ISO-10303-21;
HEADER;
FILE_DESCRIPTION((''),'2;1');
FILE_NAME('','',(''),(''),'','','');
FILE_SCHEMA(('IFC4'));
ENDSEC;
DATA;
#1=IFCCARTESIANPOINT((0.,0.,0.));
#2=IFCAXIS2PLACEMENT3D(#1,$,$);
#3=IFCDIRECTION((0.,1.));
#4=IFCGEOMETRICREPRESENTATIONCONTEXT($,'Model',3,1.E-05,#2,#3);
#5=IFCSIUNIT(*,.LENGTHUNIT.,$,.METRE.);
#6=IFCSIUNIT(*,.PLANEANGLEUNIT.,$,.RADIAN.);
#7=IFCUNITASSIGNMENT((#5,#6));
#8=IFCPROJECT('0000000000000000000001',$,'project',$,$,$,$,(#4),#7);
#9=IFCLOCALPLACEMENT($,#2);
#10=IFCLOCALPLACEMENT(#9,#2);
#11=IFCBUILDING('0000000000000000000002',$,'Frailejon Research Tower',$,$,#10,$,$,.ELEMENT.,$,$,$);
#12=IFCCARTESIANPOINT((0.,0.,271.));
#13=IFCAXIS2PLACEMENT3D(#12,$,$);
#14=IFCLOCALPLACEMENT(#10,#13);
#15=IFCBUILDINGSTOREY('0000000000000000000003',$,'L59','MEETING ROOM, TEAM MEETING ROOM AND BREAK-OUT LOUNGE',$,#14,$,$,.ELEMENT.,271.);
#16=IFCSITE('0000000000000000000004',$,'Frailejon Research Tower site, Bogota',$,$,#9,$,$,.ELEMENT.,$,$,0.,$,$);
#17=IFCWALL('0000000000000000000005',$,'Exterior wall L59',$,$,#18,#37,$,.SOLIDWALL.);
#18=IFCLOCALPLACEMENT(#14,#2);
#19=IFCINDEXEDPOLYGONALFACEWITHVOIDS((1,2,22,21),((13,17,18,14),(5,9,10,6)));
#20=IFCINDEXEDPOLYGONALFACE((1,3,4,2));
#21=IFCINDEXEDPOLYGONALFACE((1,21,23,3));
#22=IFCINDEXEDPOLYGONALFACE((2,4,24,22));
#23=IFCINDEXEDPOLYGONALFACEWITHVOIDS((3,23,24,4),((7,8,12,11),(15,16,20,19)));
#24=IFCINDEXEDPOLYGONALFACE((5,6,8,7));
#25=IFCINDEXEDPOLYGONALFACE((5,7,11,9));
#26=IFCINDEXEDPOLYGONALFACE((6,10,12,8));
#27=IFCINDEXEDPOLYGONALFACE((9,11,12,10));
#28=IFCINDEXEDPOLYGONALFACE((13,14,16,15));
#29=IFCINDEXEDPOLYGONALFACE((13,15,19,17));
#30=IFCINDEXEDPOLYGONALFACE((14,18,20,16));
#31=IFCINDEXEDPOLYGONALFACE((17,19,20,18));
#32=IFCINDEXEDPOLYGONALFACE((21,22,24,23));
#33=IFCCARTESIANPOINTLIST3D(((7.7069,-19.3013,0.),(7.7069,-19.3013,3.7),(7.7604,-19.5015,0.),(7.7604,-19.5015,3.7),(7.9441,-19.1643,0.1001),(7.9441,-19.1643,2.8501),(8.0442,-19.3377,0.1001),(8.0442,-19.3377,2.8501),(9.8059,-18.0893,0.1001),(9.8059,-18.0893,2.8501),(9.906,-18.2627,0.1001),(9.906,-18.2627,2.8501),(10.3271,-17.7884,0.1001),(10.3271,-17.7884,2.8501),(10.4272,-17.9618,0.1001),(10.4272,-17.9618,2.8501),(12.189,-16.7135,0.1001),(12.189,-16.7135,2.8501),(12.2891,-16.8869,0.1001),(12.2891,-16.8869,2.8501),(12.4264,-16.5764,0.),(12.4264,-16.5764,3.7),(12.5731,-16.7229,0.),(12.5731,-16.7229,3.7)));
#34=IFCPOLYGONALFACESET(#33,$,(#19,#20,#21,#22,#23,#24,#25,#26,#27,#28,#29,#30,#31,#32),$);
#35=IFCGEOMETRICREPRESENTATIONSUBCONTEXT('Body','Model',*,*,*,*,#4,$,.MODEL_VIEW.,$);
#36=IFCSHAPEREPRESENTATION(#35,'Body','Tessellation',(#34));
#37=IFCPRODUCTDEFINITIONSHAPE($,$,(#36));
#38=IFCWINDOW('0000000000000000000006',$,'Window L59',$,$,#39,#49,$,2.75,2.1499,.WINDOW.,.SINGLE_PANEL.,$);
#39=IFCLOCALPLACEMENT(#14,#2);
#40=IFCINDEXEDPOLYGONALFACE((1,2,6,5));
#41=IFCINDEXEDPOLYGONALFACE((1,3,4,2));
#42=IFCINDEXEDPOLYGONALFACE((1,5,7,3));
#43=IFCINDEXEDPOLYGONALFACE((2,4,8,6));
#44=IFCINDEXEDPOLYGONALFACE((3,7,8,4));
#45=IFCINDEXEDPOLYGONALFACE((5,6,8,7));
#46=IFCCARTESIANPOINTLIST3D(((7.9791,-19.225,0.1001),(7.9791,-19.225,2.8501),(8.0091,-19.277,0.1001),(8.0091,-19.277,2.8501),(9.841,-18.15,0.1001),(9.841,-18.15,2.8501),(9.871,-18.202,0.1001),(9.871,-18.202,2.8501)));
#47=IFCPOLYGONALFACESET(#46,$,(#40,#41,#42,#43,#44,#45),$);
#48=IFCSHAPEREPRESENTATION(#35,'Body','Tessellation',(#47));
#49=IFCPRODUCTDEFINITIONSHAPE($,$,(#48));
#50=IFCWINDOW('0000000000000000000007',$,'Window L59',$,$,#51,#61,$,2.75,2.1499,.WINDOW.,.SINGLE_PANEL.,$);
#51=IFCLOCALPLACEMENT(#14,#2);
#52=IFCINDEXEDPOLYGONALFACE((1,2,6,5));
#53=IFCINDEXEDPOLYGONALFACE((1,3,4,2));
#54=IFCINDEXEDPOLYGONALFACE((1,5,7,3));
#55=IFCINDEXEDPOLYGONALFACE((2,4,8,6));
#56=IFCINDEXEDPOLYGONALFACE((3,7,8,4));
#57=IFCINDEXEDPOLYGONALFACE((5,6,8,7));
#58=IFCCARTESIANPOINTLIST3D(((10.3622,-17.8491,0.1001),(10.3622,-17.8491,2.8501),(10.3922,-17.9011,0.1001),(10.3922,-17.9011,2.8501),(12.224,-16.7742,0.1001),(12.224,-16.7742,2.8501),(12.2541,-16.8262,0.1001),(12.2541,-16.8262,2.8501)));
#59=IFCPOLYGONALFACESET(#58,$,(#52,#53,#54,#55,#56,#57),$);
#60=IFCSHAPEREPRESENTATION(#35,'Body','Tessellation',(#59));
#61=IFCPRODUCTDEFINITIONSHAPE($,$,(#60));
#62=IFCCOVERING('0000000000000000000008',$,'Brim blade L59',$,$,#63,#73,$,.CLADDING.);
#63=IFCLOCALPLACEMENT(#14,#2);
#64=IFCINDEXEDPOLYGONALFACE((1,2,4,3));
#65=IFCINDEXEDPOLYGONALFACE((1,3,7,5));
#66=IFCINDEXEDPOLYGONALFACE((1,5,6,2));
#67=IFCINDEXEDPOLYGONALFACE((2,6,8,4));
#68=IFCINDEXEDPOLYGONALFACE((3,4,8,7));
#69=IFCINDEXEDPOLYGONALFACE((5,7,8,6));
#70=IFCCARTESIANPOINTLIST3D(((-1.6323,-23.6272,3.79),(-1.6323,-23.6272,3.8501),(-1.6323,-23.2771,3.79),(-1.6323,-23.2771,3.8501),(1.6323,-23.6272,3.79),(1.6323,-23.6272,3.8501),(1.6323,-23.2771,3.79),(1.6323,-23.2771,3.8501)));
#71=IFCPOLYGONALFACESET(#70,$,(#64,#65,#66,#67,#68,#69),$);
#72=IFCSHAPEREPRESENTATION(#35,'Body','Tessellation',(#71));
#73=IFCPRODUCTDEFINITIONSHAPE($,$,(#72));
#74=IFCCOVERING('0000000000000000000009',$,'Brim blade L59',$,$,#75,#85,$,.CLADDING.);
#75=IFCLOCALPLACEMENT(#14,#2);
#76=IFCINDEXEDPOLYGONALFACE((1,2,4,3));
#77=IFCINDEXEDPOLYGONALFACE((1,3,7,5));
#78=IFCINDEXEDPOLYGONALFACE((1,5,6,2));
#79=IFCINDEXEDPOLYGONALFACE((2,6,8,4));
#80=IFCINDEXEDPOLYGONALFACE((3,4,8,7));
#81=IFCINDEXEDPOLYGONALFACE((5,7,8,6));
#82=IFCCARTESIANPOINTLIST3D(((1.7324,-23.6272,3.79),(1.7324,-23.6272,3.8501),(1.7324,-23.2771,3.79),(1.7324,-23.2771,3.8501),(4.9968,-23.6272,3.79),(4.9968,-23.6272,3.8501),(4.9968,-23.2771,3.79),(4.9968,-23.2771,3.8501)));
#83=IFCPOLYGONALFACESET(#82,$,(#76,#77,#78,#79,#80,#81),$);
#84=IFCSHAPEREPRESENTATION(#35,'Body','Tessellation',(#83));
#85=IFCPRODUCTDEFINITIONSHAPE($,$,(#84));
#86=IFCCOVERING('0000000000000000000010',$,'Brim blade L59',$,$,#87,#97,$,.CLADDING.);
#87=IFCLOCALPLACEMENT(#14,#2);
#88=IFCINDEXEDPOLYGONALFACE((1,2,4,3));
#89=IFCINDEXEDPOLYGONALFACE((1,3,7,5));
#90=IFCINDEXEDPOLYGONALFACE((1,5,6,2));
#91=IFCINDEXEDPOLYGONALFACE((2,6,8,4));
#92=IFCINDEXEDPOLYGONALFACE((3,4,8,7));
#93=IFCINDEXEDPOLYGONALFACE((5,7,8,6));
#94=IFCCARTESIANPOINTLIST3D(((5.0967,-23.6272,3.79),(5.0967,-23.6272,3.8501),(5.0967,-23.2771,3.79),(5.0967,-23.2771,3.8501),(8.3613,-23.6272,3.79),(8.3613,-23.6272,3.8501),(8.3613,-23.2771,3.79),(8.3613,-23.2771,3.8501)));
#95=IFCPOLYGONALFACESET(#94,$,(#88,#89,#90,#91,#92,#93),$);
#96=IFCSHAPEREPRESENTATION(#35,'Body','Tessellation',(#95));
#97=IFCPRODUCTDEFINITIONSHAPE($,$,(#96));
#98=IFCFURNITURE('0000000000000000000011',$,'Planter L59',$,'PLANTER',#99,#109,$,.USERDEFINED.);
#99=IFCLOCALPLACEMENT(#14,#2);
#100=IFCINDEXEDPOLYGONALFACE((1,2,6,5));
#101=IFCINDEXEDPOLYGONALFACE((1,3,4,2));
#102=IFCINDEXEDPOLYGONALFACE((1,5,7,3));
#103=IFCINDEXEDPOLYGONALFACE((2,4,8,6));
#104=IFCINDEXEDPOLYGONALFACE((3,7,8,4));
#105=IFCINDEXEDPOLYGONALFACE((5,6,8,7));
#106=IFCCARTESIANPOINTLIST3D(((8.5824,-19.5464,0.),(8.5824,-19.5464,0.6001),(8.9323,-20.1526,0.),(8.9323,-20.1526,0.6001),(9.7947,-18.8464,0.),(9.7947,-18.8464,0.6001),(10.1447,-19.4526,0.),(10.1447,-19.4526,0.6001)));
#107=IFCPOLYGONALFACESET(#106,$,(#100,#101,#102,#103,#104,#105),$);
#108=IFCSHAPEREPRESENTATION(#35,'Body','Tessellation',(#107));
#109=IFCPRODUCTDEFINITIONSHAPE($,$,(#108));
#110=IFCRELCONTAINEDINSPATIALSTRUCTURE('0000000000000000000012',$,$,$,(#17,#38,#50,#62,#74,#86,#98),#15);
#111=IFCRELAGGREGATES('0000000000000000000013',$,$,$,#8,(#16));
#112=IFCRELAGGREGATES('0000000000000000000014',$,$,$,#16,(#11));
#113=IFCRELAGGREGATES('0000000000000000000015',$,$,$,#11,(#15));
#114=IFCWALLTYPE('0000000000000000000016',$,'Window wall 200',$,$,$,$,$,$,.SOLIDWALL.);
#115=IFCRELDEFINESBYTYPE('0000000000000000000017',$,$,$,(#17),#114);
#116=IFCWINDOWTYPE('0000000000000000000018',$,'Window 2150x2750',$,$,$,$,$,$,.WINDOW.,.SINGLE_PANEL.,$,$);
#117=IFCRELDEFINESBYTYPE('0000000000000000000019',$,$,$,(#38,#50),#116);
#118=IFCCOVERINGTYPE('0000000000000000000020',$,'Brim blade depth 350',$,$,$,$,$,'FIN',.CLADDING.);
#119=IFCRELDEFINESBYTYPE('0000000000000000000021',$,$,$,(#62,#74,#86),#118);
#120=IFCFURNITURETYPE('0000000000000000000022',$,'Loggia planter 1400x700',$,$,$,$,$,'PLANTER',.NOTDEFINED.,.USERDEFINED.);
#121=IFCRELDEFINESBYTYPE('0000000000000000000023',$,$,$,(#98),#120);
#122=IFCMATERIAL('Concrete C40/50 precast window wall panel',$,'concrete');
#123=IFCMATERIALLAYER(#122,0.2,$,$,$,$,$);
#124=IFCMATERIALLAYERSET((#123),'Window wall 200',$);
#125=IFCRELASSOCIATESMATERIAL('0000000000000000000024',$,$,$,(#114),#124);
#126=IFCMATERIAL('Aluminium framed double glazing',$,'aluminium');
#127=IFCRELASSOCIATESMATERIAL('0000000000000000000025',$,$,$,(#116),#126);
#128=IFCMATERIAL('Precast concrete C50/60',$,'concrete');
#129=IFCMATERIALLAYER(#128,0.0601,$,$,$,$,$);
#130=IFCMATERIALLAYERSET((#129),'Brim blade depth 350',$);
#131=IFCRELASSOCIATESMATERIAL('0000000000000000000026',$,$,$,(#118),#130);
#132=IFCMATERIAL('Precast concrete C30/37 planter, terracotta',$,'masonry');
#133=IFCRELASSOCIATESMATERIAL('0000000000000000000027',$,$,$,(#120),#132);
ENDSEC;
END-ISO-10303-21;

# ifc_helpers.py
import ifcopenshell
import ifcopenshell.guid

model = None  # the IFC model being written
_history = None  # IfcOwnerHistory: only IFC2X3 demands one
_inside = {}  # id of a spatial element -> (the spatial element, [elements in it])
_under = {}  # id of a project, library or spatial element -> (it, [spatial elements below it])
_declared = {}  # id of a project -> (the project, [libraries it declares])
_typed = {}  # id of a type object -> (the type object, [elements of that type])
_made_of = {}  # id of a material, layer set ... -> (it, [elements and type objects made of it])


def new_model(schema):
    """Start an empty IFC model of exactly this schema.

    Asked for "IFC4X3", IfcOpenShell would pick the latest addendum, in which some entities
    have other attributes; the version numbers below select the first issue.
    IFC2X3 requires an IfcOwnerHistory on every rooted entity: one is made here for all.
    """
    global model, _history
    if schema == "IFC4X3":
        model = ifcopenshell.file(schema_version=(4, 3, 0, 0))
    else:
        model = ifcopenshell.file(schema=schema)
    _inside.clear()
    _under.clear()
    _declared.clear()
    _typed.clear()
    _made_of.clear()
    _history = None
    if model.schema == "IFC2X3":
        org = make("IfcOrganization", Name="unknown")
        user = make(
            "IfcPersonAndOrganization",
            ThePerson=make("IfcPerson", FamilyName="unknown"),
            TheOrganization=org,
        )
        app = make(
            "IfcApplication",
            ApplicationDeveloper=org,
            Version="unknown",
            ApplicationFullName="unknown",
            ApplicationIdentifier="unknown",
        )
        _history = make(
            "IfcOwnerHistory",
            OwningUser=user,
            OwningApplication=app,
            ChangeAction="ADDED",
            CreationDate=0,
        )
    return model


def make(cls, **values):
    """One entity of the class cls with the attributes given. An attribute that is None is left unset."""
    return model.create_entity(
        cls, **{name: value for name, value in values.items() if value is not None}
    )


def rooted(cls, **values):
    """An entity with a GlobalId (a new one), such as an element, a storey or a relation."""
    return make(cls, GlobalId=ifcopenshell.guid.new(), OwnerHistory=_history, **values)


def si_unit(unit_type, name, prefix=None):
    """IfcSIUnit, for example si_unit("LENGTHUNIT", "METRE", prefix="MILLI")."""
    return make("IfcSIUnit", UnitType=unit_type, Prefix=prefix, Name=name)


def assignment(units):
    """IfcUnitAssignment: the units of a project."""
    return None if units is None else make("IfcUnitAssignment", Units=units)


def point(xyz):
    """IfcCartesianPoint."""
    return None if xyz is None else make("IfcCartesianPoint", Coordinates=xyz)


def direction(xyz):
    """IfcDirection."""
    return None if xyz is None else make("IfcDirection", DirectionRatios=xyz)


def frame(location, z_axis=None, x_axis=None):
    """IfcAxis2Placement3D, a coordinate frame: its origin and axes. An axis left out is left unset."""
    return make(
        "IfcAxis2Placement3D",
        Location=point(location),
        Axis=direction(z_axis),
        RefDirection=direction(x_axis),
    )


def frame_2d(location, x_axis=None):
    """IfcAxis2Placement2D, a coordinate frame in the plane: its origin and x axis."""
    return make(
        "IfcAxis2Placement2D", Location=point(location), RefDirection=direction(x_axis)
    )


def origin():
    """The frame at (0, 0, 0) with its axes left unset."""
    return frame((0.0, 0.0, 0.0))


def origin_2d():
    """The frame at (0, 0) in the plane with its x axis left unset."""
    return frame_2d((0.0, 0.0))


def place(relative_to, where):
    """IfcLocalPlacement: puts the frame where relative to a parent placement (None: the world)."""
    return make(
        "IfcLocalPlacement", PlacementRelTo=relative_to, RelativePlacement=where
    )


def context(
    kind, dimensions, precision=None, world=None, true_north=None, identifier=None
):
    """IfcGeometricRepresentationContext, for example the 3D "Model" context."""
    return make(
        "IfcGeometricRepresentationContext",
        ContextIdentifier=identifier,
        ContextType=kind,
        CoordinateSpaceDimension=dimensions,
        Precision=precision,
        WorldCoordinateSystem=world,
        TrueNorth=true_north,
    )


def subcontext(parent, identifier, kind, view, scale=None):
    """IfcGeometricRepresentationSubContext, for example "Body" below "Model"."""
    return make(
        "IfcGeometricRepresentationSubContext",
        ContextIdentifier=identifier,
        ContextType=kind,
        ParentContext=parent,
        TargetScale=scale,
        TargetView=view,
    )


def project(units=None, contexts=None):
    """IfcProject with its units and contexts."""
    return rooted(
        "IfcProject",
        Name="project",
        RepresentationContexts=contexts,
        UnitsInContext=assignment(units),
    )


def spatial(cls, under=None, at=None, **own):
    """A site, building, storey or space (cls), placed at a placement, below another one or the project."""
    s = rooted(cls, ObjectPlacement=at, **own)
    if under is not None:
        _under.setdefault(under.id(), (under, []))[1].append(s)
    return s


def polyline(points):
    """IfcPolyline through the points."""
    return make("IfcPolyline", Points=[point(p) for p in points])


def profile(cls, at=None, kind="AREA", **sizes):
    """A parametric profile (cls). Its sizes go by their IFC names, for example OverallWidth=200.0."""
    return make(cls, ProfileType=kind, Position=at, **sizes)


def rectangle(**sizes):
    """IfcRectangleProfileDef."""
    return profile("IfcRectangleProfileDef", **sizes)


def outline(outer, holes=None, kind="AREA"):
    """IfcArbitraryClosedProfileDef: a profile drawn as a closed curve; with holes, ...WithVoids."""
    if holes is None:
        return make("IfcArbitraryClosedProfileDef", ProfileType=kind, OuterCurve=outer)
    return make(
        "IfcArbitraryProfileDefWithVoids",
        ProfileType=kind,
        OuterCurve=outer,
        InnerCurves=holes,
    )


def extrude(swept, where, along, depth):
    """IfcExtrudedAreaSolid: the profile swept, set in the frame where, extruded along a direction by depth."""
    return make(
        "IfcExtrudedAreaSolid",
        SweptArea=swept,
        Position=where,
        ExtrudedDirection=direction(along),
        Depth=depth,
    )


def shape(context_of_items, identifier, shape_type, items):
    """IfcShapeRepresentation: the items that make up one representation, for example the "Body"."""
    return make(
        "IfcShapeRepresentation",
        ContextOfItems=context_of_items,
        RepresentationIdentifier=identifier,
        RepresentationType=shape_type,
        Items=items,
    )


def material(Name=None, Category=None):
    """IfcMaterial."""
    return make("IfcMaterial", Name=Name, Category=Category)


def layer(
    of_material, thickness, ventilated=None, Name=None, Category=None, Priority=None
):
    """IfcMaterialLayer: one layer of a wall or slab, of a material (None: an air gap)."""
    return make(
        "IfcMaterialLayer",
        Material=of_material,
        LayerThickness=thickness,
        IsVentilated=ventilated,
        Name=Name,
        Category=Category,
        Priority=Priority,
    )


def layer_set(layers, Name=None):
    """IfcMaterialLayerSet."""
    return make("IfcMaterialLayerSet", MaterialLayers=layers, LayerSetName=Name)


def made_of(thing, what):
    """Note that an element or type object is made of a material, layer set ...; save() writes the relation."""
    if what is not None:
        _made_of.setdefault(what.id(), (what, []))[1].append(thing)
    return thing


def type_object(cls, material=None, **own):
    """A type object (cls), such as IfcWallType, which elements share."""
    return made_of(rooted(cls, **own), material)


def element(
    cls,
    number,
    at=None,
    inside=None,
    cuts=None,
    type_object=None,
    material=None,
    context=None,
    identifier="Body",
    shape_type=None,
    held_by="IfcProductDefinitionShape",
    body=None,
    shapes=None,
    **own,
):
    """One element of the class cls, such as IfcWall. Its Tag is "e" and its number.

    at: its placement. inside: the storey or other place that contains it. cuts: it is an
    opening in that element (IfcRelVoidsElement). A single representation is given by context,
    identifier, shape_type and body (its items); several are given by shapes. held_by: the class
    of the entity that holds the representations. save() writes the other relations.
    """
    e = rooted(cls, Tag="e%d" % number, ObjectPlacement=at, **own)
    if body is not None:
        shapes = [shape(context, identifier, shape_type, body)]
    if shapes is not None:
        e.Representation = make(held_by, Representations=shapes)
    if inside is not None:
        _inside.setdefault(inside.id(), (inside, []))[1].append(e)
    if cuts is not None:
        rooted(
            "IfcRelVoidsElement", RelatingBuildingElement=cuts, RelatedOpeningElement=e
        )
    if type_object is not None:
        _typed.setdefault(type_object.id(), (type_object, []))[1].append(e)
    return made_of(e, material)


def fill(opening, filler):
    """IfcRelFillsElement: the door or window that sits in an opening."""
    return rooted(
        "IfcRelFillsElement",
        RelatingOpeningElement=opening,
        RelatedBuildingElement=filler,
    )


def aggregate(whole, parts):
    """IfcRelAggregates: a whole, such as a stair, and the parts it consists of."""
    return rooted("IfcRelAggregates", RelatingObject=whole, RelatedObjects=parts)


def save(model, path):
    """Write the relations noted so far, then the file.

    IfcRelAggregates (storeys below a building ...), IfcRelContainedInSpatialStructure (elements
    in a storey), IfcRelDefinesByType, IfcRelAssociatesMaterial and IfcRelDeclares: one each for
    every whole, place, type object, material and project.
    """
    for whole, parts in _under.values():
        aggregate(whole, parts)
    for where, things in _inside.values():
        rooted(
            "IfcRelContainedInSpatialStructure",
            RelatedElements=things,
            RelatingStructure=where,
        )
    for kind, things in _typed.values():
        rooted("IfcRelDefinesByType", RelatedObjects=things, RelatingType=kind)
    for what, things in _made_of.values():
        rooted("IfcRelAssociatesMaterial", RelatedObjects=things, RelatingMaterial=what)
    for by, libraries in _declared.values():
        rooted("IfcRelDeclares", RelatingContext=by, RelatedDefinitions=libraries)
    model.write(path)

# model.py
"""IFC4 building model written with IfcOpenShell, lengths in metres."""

from ifc_helpers import new_model, si_unit, direction, frame, frame_2d, origin, origin_2d, place, context, subcontext, project, spatial, polyline, rectangle, outline, extrude, material, layer, layer_set, type_object, element, fill, save


model = new_model("IFC4")

# Units and contexts
model_context = context("Model", 3, precision=1e-05, world=origin(), true_north=direction((0.0, 1.0)))
body_context = subcontext(model_context, "Body", "Model", "MODEL_VIEW")
ifc_project = project(units=[si_unit("LENGTHUNIT", "METRE"), si_unit("PLANEANGLEUNIT", "RADIAN")], contexts=[model_context])

# Site, building, storey
site_placement = place(None, origin())
site = spatial("IfcSite", under=ifc_project, at=site_placement, Name="Frailejon Research Tower site, Bogota", CompositionType="ELEMENT", RefElevation=0.0)
building_placement = place(site_placement, origin())
building = spatial("IfcBuilding", under=site, at=building_placement, Name="Frailejon Research Tower", CompositionType="ELEMENT")
storey_placement = place(building_placement, frame((0.0, 0.0, 271.0)))
storey = spatial("IfcBuildingStorey", under=building, at=storey_placement, Name="L59", Description="MEETING ROOM, TEAM MEETING ROOM AND BREAK-OUT LOUNGE", CompositionType="ELEMENT", Elevation=271.0)

# Wall, openings, windows
ifc_material_1 = material(Name="Concrete C40/50 precast window wall panel", Category="concrete")
ifc_layer_1 = layer(ifc_material_1, 0.2)
ifc_layer_set_1 = layer_set([ifc_layer_1], Name="Window wall 200")
wall_type_1 = type_object("IfcWallType", Name="Window wall 200", PredefinedType="SOLIDWALL", material=ifc_layer_set_1)
wall_1_placement = place(storey_placement, frame((7.7336, -19.4014, 0.0), z_axis=(0.0, 0.0, 1.0), x_axis=(0.866026, 0.499999, 0.0)))
wall_1 = element("IfcWall", 1, at=wall_1_placement, inside=storey, type_object=wall_type_1, Name="Exterior wall L59", PredefinedType="SOLIDWALL", context=body_context, shape_type="SweptSolid", body=[
    extrude(outline(polyline([(-0.0269, -0.1001), (1.0845, -0.1001), (2.196, -0.1001), (3.3074, -0.1001), (4.4189, -0.1001), (5.5303, -0.1001), (5.4766, 0.1001), (4.3867, 0.1001), (3.2966, 0.1001), (2.2068, 0.1001), (1.1167, 0.1001), (0.0269, 0.1001), (-0.0269, -0.1001)])), origin(), (0.0, 0.0, 1.0), 3.7),
])
opening_1_placement = place(wall_1_placement, frame((0.3008, 0.0, 0.1001)))
opening_1 = element("IfcOpeningElement", 2, at=opening_1_placement, cuts=wall_1, PredefinedType="OPENING", context=body_context, shape_type="SweptSolid", body=[
    extrude(rectangle(XDim=2.1499, YDim=2.75, at=frame_2d((1.075, 1.375))), frame((0.0, 0.1099, 0.0), z_axis=(0.0, -1.0, 0.0), x_axis=(1.0, 0.0, 0.0)), (0.0, 0.0, 1.0), 0.22),
])
opening_2_placement = place(wall_1_placement, frame((3.0525, 0.0, 0.1001)))
opening_2 = element("IfcOpeningElement", 3, at=opening_2_placement, cuts=wall_1, PredefinedType="OPENING", context=body_context, shape_type="SweptSolid", body=[
    extrude(rectangle(XDim=2.1499, YDim=2.75, at=frame_2d((1.075, 1.375))), frame((0.0, 0.1099, 0.0), z_axis=(0.0, -1.0, 0.0), x_axis=(1.0, 0.0, 0.0)), (0.0, 0.0, 1.0), 0.22),
])
ifc_material_2 = material(Name="Aluminium framed double glazing", Category="aluminium")
window_type = type_object("IfcWindowType", Name="Window 2150x2750", PartitioningType="SINGLE_PANEL", PredefinedType="WINDOW", material=ifc_material_2)
window_1_placement = place(opening_1_placement, origin())
window_1 = element("IfcWindow", 4, at=window_1_placement, inside=storey, type_object=window_type, Name="Window L59", OverallHeight=2.75, OverallWidth=2.1499, PartitioningType="SINGLE_PANEL", PredefinedType="WINDOW", context=body_context, shape_type="SweptSolid", body=[
    extrude(rectangle(XDim=2.1499, YDim=2.75, at=frame_2d((1.075, 1.375))), frame((0.0, 0.03, 0.0), z_axis=(0.0, -1.0, 0.0), x_axis=(1.0, 0.0, 0.0)), (0.0, 0.0, 1.0), 0.0601),
])
fill(opening_1, window_1)
window_2_placement = place(opening_2_placement, origin())
window_2 = element("IfcWindow", 5, at=window_2_placement, inside=storey, type_object=window_type, Name="Window L59", OverallHeight=2.75, OverallWidth=2.1499, PartitioningType="SINGLE_PANEL", PredefinedType="WINDOW", context=body_context, shape_type="SweptSolid", body=[
    extrude(rectangle(XDim=2.1499, YDim=2.75, at=frame_2d((1.075, 1.375))), frame((0.0, 0.03, 0.0), z_axis=(0.0, -1.0, 0.0), x_axis=(1.0, 0.0, 0.0)), (0.0, 0.0, 1.0), 0.0601),
])
fill(opening_2, window_2)

# Coverings
ifc_material_3 = material(Name="Precast concrete C50/60", Category="concrete")
ifc_layer_2 = layer(ifc_material_3, 0.0601)
ifc_layer_set_2 = layer_set([ifc_layer_2], Name="Brim blade depth 350")
covering_type = type_object("IfcCoveringType", Name="Brim blade depth 350", ElementType="FIN", PredefinedType="CLADDING", material=ifc_layer_set_2)
covering_1_placement = place(storey_placement, frame((1.6323, -23.2771, 3.8501), z_axis=(-1.0, 0.0, 0.0), x_axis=(0.0, -1.0, 0.0)))
element("IfcCovering", 6, at=covering_1_placement, inside=storey, type_object=covering_type, Name="Brim blade L59", PredefinedType="CLADDING", context=body_context, shape_type="SweptSolid", body=[
    extrude(outline(polyline([(0.0, -0.0601), (0.3501, -0.0601), (0.3501, 0.0), (0.0, 0.0), (0.0, -0.0601)])), origin(), (0.0, 0.0, 1.0), 3.2646),
])
covering_2_placement = place(storey_placement, frame((4.9968, -23.2771, 3.8501), z_axis=(-1.0, 0.0, 0.0), x_axis=(0.0, -1.0, 0.0)))
element("IfcCovering", 7, at=covering_2_placement, inside=storey, type_object=covering_type, Name="Brim blade L59", PredefinedType="CLADDING", context=body_context, shape_type="SweptSolid", body=[
    extrude(outline(polyline([(0.0, -0.0601), (0.3501, -0.0601), (0.3501, 0.0), (0.0, 0.0), (0.0, -0.0601)])), origin(), (0.0, 0.0, 1.0), 3.2644),
])
covering_3_placement = place(storey_placement, frame((8.3613, -23.2771, 3.8501), z_axis=(-1.0, 0.0, 0.0), x_axis=(0.0, -1.0, 0.0)))
element("IfcCovering", 8, at=covering_3_placement, inside=storey, type_object=covering_type, Name="Brim blade L59", PredefinedType="CLADDING", context=body_context, shape_type="SweptSolid", body=[
    extrude(outline(polyline([(0.0, -0.0601), (0.3501, -0.0601), (0.3501, 0.0), (0.0, 0.0), (0.0, -0.0601)])), origin(), (0.0, 0.0, 1.0), 3.2646),
])

# Furniture
ifc_material_4 = material(Name="Precast concrete C30/37 planter, terracotta", Category="masonry")
furniture_type = type_object("IfcFurnitureType", Name="Loggia planter 1400x700", ElementType="PLANTER", AssemblyPlace="NOTDEFINED", PredefinedType="USERDEFINED", material=ifc_material_4)
furniture_placement = place(storey_placement, frame((9.3635, -19.4995, 0.0), z_axis=(0.0, 0.0, 1.0), x_axis=(0.866025, 0.5, 0.0)))
element("IfcFurniture", 9, at=furniture_placement, inside=storey, type_object=furniture_type, Name="Planter L59", ObjectType="PLANTER", PredefinedType="USERDEFINED", context=body_context, shape_type="SweptSolid", body=[
    extrude(rectangle(XDim=1.3999, YDim=0.7, at=origin_2d()), origin(), (0.0, 0.0, 1.0), 0.6001),
])

save(model, "model.ifc")
